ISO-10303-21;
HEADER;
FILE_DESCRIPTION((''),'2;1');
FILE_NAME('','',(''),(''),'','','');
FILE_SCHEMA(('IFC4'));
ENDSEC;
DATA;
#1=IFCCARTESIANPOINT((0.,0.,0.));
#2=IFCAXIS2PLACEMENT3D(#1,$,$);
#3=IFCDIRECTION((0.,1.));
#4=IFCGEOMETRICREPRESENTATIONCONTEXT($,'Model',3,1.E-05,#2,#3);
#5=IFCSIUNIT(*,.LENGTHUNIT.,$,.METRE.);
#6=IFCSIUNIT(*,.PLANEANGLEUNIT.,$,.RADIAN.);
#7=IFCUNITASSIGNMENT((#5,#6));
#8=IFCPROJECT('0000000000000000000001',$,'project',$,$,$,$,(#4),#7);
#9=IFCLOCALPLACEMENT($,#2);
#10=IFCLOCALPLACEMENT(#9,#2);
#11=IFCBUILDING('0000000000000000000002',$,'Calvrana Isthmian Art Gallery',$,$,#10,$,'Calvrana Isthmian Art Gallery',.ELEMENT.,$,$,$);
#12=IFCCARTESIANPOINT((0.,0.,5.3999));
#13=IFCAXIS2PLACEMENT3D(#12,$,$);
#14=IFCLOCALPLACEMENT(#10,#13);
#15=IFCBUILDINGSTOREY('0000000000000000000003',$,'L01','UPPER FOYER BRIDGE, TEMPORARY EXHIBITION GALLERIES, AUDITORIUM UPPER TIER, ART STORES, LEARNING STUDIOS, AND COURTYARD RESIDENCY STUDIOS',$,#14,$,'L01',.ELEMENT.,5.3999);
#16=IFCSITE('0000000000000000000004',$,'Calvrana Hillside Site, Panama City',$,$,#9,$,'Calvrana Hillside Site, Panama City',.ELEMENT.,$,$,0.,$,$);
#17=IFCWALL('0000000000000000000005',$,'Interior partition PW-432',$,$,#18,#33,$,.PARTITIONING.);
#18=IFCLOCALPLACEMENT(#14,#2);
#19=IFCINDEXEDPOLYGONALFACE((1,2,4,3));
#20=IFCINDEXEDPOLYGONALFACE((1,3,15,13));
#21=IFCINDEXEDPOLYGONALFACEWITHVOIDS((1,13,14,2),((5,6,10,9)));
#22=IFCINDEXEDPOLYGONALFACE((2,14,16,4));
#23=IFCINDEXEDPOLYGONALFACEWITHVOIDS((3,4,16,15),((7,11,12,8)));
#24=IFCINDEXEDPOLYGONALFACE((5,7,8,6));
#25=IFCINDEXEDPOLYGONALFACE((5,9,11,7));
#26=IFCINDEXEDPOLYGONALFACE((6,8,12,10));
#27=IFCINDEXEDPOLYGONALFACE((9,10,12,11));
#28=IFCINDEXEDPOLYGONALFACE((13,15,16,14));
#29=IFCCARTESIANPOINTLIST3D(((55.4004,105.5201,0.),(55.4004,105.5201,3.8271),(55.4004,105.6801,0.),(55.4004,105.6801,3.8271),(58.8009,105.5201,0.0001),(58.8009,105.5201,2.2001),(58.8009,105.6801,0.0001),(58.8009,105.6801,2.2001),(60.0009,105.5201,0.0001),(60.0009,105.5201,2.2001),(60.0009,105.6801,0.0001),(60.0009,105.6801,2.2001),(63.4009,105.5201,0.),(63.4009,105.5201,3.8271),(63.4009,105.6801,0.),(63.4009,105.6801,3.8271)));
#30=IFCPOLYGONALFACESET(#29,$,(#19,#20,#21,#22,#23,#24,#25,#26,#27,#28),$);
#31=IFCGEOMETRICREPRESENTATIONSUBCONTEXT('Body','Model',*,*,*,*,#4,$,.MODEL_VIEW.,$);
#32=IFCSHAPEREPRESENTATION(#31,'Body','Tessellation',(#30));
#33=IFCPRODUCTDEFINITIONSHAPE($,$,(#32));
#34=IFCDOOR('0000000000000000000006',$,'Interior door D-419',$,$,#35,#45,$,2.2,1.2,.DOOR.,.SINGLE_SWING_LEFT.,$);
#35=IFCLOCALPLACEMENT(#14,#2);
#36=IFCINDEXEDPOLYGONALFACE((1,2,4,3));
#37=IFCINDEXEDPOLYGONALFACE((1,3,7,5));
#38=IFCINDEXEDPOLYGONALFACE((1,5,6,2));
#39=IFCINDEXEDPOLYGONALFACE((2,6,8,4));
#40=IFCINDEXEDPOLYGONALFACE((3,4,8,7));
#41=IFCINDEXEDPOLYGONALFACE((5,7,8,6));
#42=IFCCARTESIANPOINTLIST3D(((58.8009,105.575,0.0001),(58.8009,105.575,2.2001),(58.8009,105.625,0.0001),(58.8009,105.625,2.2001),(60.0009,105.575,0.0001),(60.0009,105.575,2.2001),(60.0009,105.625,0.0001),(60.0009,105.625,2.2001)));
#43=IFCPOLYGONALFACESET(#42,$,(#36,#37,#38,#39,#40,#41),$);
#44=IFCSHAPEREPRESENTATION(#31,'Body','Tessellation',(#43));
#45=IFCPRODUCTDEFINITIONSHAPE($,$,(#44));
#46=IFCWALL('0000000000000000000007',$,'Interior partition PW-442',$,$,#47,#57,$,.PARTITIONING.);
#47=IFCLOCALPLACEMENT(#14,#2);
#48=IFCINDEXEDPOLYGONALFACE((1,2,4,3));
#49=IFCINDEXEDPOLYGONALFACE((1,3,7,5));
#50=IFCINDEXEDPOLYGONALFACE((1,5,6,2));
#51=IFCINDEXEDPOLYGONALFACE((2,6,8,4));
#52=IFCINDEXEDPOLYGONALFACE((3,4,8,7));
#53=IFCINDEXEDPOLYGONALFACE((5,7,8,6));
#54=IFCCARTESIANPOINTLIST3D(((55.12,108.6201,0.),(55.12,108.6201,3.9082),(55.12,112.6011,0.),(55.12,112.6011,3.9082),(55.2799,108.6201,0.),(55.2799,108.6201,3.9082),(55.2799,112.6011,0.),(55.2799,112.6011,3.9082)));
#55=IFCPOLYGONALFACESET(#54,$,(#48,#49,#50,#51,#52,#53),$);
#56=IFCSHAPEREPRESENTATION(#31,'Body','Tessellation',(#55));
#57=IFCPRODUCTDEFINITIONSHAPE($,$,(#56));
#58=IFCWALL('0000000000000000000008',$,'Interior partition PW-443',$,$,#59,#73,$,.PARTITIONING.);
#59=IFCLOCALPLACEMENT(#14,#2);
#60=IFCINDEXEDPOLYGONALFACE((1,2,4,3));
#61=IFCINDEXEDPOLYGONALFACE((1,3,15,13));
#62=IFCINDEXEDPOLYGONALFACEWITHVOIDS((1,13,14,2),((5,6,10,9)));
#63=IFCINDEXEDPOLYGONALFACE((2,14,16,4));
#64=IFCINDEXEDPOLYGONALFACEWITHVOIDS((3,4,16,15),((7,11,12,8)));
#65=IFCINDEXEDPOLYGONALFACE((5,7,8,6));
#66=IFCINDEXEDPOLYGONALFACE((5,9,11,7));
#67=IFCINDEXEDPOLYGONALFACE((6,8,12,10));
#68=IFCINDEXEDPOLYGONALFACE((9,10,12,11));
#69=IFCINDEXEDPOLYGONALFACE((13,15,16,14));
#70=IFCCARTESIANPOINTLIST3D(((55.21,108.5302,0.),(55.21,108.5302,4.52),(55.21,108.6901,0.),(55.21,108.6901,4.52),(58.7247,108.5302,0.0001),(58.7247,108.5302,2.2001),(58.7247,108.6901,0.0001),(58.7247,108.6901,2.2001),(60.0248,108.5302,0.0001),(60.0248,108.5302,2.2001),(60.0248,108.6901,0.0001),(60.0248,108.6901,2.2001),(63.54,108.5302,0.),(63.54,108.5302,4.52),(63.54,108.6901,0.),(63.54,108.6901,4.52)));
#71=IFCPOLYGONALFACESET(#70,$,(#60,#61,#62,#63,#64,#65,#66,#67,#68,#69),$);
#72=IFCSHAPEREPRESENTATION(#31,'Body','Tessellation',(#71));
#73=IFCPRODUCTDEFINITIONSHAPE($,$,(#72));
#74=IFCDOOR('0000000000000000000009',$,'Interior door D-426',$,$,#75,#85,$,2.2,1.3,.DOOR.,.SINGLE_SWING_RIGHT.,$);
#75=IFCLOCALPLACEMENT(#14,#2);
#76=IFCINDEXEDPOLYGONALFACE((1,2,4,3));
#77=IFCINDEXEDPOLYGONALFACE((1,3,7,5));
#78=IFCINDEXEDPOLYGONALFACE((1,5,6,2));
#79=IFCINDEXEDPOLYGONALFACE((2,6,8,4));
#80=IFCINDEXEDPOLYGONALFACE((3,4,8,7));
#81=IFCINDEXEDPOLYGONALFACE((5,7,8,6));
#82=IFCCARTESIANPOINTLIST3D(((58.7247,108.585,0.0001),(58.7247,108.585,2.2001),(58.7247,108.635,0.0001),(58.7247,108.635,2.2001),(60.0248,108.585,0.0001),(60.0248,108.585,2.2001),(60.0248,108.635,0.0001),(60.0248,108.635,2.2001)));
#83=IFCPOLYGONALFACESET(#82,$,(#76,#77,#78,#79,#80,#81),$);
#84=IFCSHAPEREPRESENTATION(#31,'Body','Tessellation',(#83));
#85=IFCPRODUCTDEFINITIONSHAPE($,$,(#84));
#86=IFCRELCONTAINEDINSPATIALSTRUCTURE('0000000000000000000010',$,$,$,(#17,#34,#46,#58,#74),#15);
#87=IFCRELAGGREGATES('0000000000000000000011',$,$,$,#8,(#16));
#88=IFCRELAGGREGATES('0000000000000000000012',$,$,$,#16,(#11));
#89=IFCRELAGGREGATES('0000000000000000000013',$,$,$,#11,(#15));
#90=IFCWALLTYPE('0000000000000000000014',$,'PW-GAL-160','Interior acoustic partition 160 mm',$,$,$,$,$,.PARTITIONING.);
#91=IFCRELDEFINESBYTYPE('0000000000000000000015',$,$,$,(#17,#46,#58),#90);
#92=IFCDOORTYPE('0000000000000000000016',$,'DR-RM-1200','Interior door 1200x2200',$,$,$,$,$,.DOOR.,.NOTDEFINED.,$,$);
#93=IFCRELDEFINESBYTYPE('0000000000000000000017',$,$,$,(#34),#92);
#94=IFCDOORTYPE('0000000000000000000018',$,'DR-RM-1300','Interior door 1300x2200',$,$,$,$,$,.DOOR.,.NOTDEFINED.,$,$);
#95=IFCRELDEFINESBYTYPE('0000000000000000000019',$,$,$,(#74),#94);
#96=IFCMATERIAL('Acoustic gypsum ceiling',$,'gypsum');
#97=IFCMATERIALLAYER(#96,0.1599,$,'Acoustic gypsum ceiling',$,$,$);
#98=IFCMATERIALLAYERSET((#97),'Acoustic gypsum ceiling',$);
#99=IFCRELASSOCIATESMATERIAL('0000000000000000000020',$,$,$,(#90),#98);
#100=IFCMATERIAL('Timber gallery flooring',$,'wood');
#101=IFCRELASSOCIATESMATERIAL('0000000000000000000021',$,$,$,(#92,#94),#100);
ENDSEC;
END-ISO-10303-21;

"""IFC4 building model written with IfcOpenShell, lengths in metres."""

from ifc_helpers import new_model, si_unit, direction, frame, frame_2d, origin, place, context, subcontext, project, spatial, rectangle, extrude, material, layer, layer_set, type_object, element, fill, save


model = new_model("IFC4")

# Units and contexts
model_context = context("Model", 3, precision=1e-05, world=origin(), true_north=direction((0.0, 1.0)))
body_context = subcontext(model_context, "Body", "Model", "MODEL_VIEW")
ifc_project = project(units=[si_unit("LENGTHUNIT", "METRE"), si_unit("PLANEANGLEUNIT", "RADIAN")], contexts=[model_context])

# Site, building, storey
site_placement = place(None, origin())
site = spatial("IfcSite", under=ifc_project, at=site_placement, Name="Calvrana Hillside Site, Panama City", LongName="Calvrana Hillside Site, Panama City", CompositionType="ELEMENT", RefElevation=0.0)
building_placement = place(site_placement, origin())
building = spatial("IfcBuilding", under=site, at=building_placement, Name="Calvrana Isthmian Art Gallery", LongName="Calvrana Isthmian Art Gallery", CompositionType="ELEMENT")
storey_placement = place(building_placement, frame((0.0, 0.0, 5.3999)))
storey = spatial("IfcBuildingStorey", under=building, at=storey_placement, Name="L01", Description="UPPER FOYER BRIDGE, TEMPORARY EXHIBITION GALLERIES, AUDITORIUM UPPER TIER, ART STORES, LEARNING STUDIOS, AND COURTYARD RESIDENCY STUDIOS", LongName="L01", CompositionType="ELEMENT", Elevation=5.3999)

# Shared definitions
ifc_material_1 = material(Name="Acoustic gypsum ceiling", Category="gypsum")

# Wall, opening, door
ifc_layer_1 = layer(ifc_material_1, 0.1599, Name="Acoustic gypsum ceiling")
ifc_layer_set_1 = layer_set([ifc_layer_1], Name="Acoustic gypsum ceiling")
wall_type_1 = type_object("IfcWallType", Name="PW-GAL-160", Description="Interior acoustic partition 160 mm", PredefinedType="PARTITIONING", material=ifc_layer_set_1)
wall_1_placement = place(storey_placement, frame((55.4004, 105.6001, 0.0), z_axis=(0.0, 0.0, 1.0), x_axis=(1.0, 0.0, 0.0)))
wall_1 = element("IfcWall", 1, at=wall_1_placement, inside=storey, type_object=wall_type_1, Name="Interior partition PW-432", PredefinedType="PARTITIONING", context=body_context, shape_type="SweptSolid", body=[
    extrude(rectangle(XDim=8.0005, YDim=0.1599, at=frame_2d((4.0002, 0.0))), origin(), (0.0, 0.0, 1.0), 3.8271),
])
opening_1_placement = place(wall_1_placement, frame((3.4004, 0.0, 0.0)))
opening_1 = element("IfcOpeningElement", 2, at=opening_1_placement, cuts=wall_1, PredefinedType="OPENING", context=body_context, shape_type="SweptSolid", body=[
    extrude(rectangle(XDim=1.2, YDim=2.2, at=frame_2d((0.6001, 1.1001))), frame((0.0, 0.0903, 0.0), z_axis=(0.0, -1.0, 0.0), x_axis=(1.0, 0.0, 0.0)), (0.0, 0.0, 1.0), 0.1804),
])
ifc_material_2 = material(Name="Timber gallery flooring", Category="wood")
door_type_1 = type_object("IfcDoorType", Name="DR-RM-1200", Description="Interior door 1200x2200", OperationType="NOTDEFINED", PredefinedType="DOOR", material=ifc_material_2)
door_1_placement = place(opening_1_placement, origin())
door_1 = element("IfcDoor", 3, at=door_1_placement, inside=storey, type_object=door_type_1, Name="Interior door D-419", OperationType="SINGLE_SWING_LEFT", OverallHeight=2.2, OverallWidth=1.2, PredefinedType="DOOR", context=body_context, shape_type="SweptSolid", body=[
    extrude(rectangle(XDim=1.2, YDim=2.2, at=frame_2d((0.6001, 1.1001))), frame((0.0, 0.0249, 0.0), z_axis=(0.0, -1.0, 0.0), x_axis=(1.0, 0.0, 0.0)), (0.0, 0.0, 1.0), 0.05),
])
fill(opening_1, door_1)

# Wall
wall_2_placement = place(storey_placement, frame((55.2, 108.6201, 0.0), z_axis=(0.0, 0.0, 1.0), x_axis=(0.0, 1.0, 0.0)))
element("IfcWall", 4, at=wall_2_placement, inside=storey, type_object=wall_type_1, Name="Interior partition PW-442", PredefinedType="PARTITIONING", context=body_context, shape_type="SweptSolid", body=[
    extrude(rectangle(XDim=3.981, YDim=0.1599, at=frame_2d((1.9905, 0.0))), origin(), (0.0, 0.0, 1.0), 3.9082),
])

# Wall, opening, door
wall_3_placement = place(storey_placement, frame((55.21, 108.6101, 0.0), z_axis=(0.0, 0.0, 1.0), x_axis=(1.0, 0.0, 0.0)))
wall_3 = element("IfcWall", 5, at=wall_3_placement, inside=storey, type_object=wall_type_1, Name="Interior partition PW-443", PredefinedType="PARTITIONING", context=body_context, shape_type="SweptSolid", body=[
    extrude(rectangle(XDim=8.3301, YDim=0.1599, at=frame_2d((4.165, 0.0))), origin(), (0.0, 0.0, 1.0), 4.52),
])
opening_2_placement = place(wall_3_placement, frame((3.5149, 0.0, 0.0)))
opening_2 = element("IfcOpeningElement", 6, at=opening_2_placement, cuts=wall_3, PredefinedType="OPENING", context=body_context, shape_type="SweptSolid", body=[
    extrude(rectangle(XDim=1.3, YDim=2.2, at=frame_2d((0.6499, 1.1001))), frame((0.0, 0.0903, 0.0), z_axis=(0.0, -1.0, 0.0), x_axis=(1.0, 0.0, 0.0)), (0.0, 0.0, 1.0), 0.1804),
])
door_type_2 = type_object("IfcDoorType", Name="DR-RM-1300", Description="Interior door 1300x2200", OperationType="NOTDEFINED", PredefinedType="DOOR", material=ifc_material_2)
door_2_placement = place(opening_2_placement, origin())
door_2 = element("IfcDoor", 7, at=door_2_placement, inside=storey, type_object=door_type_2, Name="Interior door D-426", OperationType="SINGLE_SWING_RIGHT", OverallHeight=2.2, OverallWidth=1.3, PredefinedType="DOOR", context=body_context, shape_type="SweptSolid", body=[
    extrude(rectangle(XDim=1.3, YDim=2.2, at=frame_2d((0.6499, 1.1001))), frame((0.0, 0.0249, 0.0), z_axis=(0.0, -1.0, 0.0), x_axis=(1.0, 0.0, 0.0)), (0.0, 0.0, 1.0), 0.05),
])
fill(opening_2, door_2)

save(model, "model.ifc")
